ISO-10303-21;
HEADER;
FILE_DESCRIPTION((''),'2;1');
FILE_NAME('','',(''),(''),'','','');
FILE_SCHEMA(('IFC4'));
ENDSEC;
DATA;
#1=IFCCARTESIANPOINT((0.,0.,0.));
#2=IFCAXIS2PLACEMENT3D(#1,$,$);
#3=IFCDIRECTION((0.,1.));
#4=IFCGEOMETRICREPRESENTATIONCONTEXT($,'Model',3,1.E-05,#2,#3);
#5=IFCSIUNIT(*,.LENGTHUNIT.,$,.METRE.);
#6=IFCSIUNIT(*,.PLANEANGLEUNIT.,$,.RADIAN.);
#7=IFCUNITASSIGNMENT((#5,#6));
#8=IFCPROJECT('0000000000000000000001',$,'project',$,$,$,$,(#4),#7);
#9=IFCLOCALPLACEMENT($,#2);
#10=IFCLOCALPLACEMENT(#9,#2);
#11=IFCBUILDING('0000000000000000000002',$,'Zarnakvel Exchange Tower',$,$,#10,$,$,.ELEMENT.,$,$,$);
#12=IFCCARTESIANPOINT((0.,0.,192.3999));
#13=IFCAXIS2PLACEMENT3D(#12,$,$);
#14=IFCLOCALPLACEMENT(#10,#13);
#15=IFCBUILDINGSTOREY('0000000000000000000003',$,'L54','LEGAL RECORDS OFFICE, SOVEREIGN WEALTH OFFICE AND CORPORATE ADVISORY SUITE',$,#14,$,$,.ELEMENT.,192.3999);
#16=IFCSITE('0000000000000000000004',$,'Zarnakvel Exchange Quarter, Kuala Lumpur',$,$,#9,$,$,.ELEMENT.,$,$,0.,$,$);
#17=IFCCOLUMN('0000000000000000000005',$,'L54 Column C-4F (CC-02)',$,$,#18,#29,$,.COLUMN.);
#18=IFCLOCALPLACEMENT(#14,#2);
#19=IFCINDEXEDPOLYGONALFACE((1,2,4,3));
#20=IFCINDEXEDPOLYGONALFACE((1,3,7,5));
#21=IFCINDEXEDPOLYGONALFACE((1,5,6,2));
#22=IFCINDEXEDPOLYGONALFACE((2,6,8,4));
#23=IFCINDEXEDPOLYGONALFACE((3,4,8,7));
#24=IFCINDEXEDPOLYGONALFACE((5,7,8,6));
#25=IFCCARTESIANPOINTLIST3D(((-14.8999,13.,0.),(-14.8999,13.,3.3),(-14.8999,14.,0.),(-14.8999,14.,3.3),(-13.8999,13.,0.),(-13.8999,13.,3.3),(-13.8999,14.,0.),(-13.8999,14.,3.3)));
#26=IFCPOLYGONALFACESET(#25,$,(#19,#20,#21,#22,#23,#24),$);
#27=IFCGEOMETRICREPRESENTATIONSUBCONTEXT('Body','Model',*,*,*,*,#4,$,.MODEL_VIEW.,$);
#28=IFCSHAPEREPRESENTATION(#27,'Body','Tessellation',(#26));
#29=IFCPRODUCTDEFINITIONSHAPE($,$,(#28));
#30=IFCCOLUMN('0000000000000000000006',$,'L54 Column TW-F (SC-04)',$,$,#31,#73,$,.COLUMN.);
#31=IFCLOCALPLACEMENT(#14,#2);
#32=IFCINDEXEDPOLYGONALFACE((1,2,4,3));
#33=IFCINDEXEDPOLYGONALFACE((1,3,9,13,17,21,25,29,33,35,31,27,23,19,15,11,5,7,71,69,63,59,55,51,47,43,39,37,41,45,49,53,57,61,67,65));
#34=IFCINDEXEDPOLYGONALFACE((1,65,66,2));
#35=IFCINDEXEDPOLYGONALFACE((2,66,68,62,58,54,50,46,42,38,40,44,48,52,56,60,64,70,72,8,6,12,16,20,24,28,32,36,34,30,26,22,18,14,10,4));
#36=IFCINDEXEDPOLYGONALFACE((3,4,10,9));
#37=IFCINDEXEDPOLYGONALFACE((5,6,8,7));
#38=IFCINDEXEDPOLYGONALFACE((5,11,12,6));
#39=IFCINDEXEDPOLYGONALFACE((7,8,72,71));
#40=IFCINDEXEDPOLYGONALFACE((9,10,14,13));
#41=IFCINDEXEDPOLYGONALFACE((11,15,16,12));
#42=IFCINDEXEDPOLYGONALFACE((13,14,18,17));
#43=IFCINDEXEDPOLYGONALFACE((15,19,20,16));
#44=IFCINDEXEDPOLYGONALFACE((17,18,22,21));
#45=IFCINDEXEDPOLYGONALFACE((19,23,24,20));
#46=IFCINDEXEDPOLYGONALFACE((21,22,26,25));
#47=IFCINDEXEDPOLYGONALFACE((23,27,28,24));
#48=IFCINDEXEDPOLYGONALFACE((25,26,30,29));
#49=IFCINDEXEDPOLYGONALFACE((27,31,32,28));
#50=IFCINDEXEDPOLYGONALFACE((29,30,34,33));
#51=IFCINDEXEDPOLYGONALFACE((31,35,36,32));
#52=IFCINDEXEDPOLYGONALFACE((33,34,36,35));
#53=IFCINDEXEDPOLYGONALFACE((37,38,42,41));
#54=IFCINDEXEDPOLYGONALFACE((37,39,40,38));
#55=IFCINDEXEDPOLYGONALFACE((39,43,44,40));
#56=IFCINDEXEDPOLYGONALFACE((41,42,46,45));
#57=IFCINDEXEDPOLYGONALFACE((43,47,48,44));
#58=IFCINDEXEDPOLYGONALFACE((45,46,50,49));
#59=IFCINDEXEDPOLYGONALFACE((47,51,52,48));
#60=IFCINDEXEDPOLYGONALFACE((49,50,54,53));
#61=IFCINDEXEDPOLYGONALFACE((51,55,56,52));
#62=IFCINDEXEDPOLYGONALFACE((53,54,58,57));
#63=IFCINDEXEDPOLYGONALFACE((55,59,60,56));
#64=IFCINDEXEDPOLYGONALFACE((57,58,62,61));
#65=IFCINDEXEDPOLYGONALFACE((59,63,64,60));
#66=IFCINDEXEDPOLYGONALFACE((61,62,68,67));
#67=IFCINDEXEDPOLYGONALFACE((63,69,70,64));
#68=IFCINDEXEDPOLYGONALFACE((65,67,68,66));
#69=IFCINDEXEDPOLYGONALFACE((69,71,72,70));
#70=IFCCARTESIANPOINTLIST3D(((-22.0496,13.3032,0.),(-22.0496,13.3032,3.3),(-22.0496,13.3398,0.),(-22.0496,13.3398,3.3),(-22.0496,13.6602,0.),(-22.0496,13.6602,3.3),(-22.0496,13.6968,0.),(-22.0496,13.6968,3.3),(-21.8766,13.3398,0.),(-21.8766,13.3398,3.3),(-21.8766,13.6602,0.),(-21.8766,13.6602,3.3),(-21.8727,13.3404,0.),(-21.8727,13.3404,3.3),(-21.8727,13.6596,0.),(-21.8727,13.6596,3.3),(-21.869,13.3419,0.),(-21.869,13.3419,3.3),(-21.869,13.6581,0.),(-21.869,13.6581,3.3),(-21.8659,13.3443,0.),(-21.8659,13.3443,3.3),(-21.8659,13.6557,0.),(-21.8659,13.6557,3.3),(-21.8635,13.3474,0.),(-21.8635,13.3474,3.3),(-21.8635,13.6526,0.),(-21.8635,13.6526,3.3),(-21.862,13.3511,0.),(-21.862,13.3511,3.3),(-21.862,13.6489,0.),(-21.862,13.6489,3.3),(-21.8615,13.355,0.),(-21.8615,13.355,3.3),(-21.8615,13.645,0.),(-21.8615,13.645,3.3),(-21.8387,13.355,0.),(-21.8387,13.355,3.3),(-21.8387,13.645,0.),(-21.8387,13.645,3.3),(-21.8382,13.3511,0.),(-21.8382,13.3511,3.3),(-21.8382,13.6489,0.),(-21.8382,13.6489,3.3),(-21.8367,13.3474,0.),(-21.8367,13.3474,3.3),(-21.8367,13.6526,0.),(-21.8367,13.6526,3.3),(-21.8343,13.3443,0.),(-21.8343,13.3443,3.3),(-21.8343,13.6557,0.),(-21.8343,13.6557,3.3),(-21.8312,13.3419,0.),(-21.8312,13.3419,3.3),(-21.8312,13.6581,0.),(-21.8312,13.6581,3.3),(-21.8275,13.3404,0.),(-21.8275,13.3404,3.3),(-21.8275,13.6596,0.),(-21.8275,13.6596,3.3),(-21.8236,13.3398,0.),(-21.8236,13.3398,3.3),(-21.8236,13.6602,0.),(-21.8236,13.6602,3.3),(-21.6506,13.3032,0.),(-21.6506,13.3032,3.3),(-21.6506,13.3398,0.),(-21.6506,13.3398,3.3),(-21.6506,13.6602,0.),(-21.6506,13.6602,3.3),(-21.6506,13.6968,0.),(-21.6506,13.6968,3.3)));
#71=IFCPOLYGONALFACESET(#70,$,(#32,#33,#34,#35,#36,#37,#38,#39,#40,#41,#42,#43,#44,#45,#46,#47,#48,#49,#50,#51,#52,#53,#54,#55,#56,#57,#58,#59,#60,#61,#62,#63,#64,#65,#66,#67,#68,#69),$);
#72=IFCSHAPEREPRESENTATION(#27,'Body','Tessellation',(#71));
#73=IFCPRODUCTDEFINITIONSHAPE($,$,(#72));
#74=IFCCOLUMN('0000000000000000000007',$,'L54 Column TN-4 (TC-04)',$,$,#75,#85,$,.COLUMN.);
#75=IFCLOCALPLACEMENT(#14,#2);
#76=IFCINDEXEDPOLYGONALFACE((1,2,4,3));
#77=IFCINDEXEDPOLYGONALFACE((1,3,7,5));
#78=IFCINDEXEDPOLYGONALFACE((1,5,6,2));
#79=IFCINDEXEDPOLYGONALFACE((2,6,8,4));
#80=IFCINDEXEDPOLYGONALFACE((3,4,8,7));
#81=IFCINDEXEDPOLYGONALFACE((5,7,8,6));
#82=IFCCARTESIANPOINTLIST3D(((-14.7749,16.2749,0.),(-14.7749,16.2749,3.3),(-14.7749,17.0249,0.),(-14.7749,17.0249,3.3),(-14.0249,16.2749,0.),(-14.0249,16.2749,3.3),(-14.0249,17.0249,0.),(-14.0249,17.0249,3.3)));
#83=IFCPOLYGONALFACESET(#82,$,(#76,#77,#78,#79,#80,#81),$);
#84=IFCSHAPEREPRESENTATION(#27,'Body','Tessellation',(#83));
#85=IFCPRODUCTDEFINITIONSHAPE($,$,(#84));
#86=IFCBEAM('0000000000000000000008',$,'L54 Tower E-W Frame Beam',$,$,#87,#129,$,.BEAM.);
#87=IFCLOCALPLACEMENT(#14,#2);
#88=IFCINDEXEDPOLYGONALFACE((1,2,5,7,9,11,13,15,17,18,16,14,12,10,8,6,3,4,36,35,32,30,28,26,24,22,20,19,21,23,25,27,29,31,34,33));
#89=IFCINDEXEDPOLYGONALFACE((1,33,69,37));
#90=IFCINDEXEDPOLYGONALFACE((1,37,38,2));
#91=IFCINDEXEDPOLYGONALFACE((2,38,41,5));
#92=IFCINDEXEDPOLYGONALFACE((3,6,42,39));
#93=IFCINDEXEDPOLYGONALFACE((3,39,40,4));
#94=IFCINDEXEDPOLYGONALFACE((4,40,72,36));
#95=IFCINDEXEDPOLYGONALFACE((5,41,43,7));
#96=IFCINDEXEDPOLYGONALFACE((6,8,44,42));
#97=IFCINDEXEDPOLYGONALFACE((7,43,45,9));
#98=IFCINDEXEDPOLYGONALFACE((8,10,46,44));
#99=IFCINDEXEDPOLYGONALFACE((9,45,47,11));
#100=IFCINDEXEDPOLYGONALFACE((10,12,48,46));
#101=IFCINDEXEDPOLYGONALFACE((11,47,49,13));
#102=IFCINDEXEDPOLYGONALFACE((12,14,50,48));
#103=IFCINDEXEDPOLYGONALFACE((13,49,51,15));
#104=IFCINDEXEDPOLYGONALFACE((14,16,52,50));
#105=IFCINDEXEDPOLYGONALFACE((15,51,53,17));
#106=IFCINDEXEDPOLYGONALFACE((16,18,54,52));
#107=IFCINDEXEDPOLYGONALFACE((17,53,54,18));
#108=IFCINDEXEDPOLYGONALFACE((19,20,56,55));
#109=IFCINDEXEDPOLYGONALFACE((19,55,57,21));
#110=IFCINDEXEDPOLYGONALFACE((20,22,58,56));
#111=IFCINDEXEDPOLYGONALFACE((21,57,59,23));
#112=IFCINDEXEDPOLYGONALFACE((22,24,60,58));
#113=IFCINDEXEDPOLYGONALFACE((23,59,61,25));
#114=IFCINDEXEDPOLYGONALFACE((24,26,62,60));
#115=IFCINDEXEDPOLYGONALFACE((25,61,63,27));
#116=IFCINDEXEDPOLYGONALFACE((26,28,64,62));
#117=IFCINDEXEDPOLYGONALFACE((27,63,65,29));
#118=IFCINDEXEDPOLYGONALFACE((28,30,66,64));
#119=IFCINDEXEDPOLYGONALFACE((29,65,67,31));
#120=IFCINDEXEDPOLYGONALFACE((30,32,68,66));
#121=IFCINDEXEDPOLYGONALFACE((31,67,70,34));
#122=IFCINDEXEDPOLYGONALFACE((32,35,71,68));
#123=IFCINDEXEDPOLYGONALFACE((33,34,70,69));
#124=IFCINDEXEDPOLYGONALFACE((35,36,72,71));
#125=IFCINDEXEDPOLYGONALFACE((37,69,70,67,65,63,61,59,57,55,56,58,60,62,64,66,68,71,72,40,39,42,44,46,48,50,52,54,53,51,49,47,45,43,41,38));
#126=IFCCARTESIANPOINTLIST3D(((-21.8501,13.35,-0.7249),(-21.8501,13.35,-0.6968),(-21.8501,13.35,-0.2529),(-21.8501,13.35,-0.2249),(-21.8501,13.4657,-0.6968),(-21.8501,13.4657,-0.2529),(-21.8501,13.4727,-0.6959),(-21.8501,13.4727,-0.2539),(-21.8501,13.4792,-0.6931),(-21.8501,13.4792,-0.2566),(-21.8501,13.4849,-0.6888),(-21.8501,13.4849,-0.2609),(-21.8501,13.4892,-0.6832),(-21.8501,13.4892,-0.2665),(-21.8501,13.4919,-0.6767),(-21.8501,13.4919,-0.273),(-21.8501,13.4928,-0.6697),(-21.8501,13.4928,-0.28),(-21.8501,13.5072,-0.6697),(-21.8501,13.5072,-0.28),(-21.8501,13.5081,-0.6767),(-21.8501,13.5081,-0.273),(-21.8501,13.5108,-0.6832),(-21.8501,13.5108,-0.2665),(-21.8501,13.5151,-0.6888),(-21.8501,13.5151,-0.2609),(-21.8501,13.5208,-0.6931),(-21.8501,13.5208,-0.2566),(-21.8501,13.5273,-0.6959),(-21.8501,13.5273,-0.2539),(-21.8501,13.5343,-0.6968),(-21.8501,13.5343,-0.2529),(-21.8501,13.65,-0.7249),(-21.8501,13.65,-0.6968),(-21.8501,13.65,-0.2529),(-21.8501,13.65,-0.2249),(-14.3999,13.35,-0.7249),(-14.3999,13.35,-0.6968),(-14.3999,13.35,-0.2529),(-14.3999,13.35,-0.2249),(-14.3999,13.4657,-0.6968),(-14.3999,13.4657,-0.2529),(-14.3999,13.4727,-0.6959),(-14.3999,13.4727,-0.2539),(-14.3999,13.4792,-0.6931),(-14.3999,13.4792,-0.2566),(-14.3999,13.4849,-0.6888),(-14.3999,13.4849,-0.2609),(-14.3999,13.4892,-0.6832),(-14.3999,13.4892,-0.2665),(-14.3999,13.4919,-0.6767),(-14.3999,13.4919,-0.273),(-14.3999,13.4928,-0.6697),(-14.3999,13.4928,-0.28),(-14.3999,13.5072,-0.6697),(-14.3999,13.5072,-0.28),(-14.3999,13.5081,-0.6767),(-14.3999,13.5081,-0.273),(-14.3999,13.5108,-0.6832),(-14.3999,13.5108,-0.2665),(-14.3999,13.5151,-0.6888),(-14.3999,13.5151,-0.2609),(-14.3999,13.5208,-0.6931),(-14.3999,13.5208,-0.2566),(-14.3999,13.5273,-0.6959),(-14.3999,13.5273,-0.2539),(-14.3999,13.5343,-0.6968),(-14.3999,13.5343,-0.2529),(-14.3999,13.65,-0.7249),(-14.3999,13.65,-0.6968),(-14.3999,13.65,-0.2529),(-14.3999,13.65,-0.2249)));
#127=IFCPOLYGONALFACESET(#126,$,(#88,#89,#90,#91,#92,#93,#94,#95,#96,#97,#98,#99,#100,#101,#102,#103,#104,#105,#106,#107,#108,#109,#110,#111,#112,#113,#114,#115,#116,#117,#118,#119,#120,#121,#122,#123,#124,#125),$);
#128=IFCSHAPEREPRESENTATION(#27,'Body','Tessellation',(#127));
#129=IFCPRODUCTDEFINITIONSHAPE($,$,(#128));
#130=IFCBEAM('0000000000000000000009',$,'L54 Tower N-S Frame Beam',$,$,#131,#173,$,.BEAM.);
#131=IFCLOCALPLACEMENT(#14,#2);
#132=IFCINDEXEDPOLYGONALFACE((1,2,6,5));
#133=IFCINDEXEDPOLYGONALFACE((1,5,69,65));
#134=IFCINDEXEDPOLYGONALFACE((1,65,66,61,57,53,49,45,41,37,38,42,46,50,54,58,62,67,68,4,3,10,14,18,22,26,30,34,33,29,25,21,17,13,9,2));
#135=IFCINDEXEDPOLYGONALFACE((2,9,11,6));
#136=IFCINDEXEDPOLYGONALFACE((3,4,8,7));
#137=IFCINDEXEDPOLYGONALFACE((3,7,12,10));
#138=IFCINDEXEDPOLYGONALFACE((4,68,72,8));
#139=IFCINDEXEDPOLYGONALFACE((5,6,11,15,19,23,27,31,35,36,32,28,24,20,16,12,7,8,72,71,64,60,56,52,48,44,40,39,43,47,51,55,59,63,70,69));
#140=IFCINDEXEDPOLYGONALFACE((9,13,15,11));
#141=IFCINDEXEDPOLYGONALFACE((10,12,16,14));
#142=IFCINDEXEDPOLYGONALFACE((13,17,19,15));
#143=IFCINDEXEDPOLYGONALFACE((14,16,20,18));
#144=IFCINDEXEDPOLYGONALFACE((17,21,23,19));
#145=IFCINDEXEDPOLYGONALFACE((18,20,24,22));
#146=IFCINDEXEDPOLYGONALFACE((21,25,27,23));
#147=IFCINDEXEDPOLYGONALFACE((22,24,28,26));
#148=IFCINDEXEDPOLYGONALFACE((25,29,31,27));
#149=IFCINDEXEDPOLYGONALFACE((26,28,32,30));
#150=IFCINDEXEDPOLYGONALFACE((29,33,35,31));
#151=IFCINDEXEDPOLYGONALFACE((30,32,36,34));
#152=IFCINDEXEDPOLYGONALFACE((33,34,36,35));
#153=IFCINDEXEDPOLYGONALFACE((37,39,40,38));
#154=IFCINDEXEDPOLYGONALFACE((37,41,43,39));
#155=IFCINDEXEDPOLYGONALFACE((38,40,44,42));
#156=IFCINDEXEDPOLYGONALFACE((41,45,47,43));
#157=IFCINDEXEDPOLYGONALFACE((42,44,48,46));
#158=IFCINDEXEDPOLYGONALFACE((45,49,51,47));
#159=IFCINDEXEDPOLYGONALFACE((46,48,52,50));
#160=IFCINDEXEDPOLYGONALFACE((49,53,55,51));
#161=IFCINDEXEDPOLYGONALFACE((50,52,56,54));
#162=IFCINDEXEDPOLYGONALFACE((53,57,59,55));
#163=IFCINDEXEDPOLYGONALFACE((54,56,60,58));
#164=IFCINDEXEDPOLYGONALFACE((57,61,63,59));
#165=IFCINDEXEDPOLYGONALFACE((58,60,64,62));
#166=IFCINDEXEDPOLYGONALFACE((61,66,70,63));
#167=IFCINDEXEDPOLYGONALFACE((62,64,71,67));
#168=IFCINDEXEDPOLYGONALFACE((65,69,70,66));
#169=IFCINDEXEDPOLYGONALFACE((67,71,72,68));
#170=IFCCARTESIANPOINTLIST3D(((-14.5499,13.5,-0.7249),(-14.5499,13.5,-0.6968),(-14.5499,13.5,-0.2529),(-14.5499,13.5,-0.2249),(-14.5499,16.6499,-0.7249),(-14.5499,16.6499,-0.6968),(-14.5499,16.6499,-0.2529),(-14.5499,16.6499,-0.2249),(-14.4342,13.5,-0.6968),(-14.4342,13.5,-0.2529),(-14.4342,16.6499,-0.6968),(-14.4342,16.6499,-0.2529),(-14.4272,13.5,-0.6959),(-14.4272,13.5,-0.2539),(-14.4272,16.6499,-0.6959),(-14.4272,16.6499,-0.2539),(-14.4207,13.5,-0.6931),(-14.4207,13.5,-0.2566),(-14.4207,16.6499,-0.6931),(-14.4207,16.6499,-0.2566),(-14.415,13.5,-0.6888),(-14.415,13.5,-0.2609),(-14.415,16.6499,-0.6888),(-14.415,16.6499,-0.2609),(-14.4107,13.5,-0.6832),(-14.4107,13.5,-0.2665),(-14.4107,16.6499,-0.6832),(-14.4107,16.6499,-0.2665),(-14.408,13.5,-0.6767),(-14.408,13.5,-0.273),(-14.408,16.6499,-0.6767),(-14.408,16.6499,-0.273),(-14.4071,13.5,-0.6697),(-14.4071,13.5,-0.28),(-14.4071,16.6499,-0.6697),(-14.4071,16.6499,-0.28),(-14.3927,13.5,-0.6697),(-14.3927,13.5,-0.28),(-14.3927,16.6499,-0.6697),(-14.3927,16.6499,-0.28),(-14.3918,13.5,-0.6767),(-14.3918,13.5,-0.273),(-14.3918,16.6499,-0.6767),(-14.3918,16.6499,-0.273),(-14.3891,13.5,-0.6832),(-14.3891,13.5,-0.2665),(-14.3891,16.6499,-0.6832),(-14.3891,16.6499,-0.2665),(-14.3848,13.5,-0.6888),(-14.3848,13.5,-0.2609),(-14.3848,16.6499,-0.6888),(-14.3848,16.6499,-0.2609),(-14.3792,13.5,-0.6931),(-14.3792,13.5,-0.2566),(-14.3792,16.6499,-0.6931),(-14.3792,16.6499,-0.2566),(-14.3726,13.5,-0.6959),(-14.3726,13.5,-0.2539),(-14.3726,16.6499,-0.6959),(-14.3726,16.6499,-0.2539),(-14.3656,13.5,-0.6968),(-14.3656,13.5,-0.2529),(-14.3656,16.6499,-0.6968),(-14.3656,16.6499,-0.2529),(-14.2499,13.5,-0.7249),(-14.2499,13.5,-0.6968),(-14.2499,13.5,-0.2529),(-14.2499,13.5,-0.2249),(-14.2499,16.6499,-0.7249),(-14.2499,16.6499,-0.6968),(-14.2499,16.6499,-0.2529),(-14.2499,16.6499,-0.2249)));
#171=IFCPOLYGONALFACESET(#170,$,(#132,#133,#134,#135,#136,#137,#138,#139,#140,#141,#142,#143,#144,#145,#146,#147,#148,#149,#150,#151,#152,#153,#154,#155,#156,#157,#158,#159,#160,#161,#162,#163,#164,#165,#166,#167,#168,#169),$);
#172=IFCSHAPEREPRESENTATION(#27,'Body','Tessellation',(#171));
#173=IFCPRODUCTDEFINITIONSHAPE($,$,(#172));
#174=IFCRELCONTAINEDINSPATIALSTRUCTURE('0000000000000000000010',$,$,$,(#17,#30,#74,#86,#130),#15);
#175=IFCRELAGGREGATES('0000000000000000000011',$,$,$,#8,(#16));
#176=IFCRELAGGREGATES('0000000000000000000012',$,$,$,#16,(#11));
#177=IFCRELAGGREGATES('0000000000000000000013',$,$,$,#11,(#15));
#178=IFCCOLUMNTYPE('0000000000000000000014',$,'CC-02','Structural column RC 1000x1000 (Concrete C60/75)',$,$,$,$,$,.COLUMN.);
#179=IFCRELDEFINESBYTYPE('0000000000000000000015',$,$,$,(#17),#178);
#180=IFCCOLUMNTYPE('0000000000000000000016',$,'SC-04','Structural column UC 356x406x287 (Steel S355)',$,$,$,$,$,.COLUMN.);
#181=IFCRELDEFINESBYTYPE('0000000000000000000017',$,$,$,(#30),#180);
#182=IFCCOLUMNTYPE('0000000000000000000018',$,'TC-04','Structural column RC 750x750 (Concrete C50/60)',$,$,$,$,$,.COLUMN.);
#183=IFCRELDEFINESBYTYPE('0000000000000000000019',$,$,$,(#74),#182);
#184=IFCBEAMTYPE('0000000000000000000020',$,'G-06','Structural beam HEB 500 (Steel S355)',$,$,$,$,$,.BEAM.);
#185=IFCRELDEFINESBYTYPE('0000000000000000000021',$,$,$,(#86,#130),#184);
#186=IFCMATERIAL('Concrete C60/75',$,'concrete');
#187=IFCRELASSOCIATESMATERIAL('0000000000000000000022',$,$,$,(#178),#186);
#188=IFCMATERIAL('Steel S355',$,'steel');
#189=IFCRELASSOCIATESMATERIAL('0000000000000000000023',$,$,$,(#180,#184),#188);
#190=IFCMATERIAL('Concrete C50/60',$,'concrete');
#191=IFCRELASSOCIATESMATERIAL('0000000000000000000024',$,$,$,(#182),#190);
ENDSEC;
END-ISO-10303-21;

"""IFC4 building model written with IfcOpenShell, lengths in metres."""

from ifc_helpers import new_model, si_unit, direction, frame, origin, origin_2d, place, context, subcontext, project, spatial, rectangle, i_section, extrude, material, material_profile, profile_set, type_object, element, save


model = new_model("IFC4")

# Units and contexts
model_context = context("Model", 3, precision=1e-05, world=origin(), true_north=direction((0.0, 1.0)))
body_context = subcontext(model_context, "Body", "Model", "MODEL_VIEW")
ifc_project = project(units=[si_unit("LENGTHUNIT", "METRE"), si_unit("PLANEANGLEUNIT", "RADIAN")], contexts=[model_context])

# Site, building, storey
site_placement = place(None, origin())
site = spatial("IfcSite", under=ifc_project, at=site_placement, Name="Zarnakvel Exchange Quarter, Kuala Lumpur", CompositionType="ELEMENT", RefElevation=0.0)
building_placement = place(site_placement, origin())
building = spatial("IfcBuilding", under=site, at=building_placement, Name="Zarnakvel Exchange Tower", CompositionType="ELEMENT")
storey_placement = place(building_placement, frame((0.0, 0.0, 192.3999)))
storey = spatial("IfcBuildingStorey", under=building, at=storey_placement, Name="L54", Description="LEGAL RECORDS OFFICE, SOVEREIGN WEALTH OFFICE AND CORPORATE ADVISORY SUITE", CompositionType="ELEMENT", Elevation=192.3999)

# Columns
ifc_material_1 = material(Name="Concrete C60/75", Category="concrete")
ifc_material_profile_1 = material_profile(ifc_material_1, rectangle(XDim=1.0, YDim=1.0, at=origin_2d()))
ifc_profile_set_1 = profile_set([ifc_material_profile_1], Name="Concrete C60/75")
column_type_1 = type_object("IfcColumnType", Name="CC-02", Description="Structural column RC 1000x1000 (Concrete C60/75)", PredefinedType="COLUMN", material=ifc_profile_set_1)
column_1_placement = place(storey_placement, frame((-14.3999, 13.5, 0.0), z_axis=(0.0, 0.0, 1.0), x_axis=(1.0, 0.0, 0.0)))
element("IfcColumn", 1, at=column_1_placement, inside=storey, type_object=column_type_1, Name="L54 Column C-4F (CC-02)", PredefinedType="COLUMN", context=body_context, shape_type="SweptSolid", body=[
    extrude(rectangle(XDim=1.0, YDim=1.0, at=origin_2d()), origin(), (0.0, 0.0, 1.0), 3.3),
])
ifc_material_2 = material(Name="Steel S355", Category="steel")
ifc_material_profile_2 = material_profile(ifc_material_2, i_section(OverallWidth=0.3989, OverallDepth=0.3936, WebThickness=0.0227, FlangeThickness=0.0366, FilletRadius=0.0151, at=origin_2d()))
ifc_profile_set_2 = profile_set([ifc_material_profile_2], Name="Steel S355")
column_type_2 = type_object("IfcColumnType", Name="SC-04", Description="Structural column UC 356x406x287 (Steel S355)", PredefinedType="COLUMN", material=ifc_profile_set_2)
column_2_placement = place(storey_placement, frame((-21.8501, 13.5, 0.0), z_axis=(0.0, 0.0, 1.0), x_axis=(1.0, 0.0, 0.0)))
element("IfcColumn", 2, at=column_2_placement, inside=storey, type_object=column_type_2, Name="L54 Column TW-F (SC-04)", PredefinedType="COLUMN", context=body_context, shape_type="SweptSolid", body=[
    extrude(i_section(OverallWidth=0.3989, OverallDepth=0.3936, WebThickness=0.0227, FlangeThickness=0.0366, FilletRadius=0.0151, at=origin_2d()), origin(), (0.0, 0.0, 1.0), 3.3),
])
ifc_material_3 = material(Name="Concrete C50/60", Category="concrete")
ifc_material_profile_3 = material_profile(ifc_material_3, rectangle(XDim=0.75, YDim=0.75, at=origin_2d()))
ifc_profile_set_3 = profile_set([ifc_material_profile_3], Name="Concrete C50/60")
column_type_3 = type_object("IfcColumnType", Name="TC-04", Description="Structural column RC 750x750 (Concrete C50/60)", PredefinedType="COLUMN", material=ifc_profile_set_3)
column_3_placement = place(storey_placement, frame((-14.3999, 16.6499, 0.0), z_axis=(0.0, 0.0, 1.0), x_axis=(1.0, 0.0, 0.0)))
element("IfcColumn", 3, at=column_3_placement, inside=storey, type_object=column_type_3, Name="L54 Column TN-4 (TC-04)", PredefinedType="COLUMN", context=body_context, shape_type="SweptSolid", body=[
    extrude(rectangle(XDim=0.75, YDim=0.75, at=origin_2d()), origin(), (0.0, 0.0, 1.0), 3.3),
])

# Beams
ifc_material_profile_4 = material_profile(ifc_material_2, i_section(OverallWidth=0.3, OverallDepth=0.5, WebThickness=0.0144, FlangeThickness=0.0281, FilletRadius=0.0271, at=origin_2d()))
ifc_profile_set_4 = profile_set([ifc_material_profile_4], Name="Steel S355")
beam_type_1 = type_object("IfcBeamType", Name="G-06", Description="Structural beam HEB 500 (Steel S355)", PredefinedType="BEAM", material=ifc_profile_set_4)
beam_1_placement = place(storey_placement, frame((-21.8501, 13.5, -0.4749), z_axis=(1.0, 0.0, 0.0), x_axis=(0.0, 1.0, 0.0)))
element("IfcBeam", 4, at=beam_1_placement, inside=storey, type_object=beam_type_1, Name="L54 Tower E-W Frame Beam", PredefinedType="BEAM", context=body_context, shape_type="SweptSolid", body=[
    extrude(i_section(OverallWidth=0.3, OverallDepth=0.5, WebThickness=0.0144, FlangeThickness=0.0281, FilletRadius=0.0271, at=origin_2d()), origin(), (0.0, 0.0, 1.0), 7.4502),
])
beam_2_placement = place(storey_placement, frame((-14.3999, 13.5, -0.4749), z_axis=(0.0, 1.0, 0.0), x_axis=(-1.0, 0.0, 0.0)))
element("IfcBeam", 5, at=beam_2_placement, inside=storey, type_object=beam_type_1, Name="L54 Tower N-S Frame Beam", PredefinedType="BEAM", context=body_context, shape_type="SweptSolid", body=[
    extrude(i_section(OverallWidth=0.3, OverallDepth=0.5, WebThickness=0.0144, FlangeThickness=0.0281, FilletRadius=0.0271, at=origin_2d()), origin(), (0.0, 0.0, 1.0), 3.1499),
])

save(model, "model.ifc")
